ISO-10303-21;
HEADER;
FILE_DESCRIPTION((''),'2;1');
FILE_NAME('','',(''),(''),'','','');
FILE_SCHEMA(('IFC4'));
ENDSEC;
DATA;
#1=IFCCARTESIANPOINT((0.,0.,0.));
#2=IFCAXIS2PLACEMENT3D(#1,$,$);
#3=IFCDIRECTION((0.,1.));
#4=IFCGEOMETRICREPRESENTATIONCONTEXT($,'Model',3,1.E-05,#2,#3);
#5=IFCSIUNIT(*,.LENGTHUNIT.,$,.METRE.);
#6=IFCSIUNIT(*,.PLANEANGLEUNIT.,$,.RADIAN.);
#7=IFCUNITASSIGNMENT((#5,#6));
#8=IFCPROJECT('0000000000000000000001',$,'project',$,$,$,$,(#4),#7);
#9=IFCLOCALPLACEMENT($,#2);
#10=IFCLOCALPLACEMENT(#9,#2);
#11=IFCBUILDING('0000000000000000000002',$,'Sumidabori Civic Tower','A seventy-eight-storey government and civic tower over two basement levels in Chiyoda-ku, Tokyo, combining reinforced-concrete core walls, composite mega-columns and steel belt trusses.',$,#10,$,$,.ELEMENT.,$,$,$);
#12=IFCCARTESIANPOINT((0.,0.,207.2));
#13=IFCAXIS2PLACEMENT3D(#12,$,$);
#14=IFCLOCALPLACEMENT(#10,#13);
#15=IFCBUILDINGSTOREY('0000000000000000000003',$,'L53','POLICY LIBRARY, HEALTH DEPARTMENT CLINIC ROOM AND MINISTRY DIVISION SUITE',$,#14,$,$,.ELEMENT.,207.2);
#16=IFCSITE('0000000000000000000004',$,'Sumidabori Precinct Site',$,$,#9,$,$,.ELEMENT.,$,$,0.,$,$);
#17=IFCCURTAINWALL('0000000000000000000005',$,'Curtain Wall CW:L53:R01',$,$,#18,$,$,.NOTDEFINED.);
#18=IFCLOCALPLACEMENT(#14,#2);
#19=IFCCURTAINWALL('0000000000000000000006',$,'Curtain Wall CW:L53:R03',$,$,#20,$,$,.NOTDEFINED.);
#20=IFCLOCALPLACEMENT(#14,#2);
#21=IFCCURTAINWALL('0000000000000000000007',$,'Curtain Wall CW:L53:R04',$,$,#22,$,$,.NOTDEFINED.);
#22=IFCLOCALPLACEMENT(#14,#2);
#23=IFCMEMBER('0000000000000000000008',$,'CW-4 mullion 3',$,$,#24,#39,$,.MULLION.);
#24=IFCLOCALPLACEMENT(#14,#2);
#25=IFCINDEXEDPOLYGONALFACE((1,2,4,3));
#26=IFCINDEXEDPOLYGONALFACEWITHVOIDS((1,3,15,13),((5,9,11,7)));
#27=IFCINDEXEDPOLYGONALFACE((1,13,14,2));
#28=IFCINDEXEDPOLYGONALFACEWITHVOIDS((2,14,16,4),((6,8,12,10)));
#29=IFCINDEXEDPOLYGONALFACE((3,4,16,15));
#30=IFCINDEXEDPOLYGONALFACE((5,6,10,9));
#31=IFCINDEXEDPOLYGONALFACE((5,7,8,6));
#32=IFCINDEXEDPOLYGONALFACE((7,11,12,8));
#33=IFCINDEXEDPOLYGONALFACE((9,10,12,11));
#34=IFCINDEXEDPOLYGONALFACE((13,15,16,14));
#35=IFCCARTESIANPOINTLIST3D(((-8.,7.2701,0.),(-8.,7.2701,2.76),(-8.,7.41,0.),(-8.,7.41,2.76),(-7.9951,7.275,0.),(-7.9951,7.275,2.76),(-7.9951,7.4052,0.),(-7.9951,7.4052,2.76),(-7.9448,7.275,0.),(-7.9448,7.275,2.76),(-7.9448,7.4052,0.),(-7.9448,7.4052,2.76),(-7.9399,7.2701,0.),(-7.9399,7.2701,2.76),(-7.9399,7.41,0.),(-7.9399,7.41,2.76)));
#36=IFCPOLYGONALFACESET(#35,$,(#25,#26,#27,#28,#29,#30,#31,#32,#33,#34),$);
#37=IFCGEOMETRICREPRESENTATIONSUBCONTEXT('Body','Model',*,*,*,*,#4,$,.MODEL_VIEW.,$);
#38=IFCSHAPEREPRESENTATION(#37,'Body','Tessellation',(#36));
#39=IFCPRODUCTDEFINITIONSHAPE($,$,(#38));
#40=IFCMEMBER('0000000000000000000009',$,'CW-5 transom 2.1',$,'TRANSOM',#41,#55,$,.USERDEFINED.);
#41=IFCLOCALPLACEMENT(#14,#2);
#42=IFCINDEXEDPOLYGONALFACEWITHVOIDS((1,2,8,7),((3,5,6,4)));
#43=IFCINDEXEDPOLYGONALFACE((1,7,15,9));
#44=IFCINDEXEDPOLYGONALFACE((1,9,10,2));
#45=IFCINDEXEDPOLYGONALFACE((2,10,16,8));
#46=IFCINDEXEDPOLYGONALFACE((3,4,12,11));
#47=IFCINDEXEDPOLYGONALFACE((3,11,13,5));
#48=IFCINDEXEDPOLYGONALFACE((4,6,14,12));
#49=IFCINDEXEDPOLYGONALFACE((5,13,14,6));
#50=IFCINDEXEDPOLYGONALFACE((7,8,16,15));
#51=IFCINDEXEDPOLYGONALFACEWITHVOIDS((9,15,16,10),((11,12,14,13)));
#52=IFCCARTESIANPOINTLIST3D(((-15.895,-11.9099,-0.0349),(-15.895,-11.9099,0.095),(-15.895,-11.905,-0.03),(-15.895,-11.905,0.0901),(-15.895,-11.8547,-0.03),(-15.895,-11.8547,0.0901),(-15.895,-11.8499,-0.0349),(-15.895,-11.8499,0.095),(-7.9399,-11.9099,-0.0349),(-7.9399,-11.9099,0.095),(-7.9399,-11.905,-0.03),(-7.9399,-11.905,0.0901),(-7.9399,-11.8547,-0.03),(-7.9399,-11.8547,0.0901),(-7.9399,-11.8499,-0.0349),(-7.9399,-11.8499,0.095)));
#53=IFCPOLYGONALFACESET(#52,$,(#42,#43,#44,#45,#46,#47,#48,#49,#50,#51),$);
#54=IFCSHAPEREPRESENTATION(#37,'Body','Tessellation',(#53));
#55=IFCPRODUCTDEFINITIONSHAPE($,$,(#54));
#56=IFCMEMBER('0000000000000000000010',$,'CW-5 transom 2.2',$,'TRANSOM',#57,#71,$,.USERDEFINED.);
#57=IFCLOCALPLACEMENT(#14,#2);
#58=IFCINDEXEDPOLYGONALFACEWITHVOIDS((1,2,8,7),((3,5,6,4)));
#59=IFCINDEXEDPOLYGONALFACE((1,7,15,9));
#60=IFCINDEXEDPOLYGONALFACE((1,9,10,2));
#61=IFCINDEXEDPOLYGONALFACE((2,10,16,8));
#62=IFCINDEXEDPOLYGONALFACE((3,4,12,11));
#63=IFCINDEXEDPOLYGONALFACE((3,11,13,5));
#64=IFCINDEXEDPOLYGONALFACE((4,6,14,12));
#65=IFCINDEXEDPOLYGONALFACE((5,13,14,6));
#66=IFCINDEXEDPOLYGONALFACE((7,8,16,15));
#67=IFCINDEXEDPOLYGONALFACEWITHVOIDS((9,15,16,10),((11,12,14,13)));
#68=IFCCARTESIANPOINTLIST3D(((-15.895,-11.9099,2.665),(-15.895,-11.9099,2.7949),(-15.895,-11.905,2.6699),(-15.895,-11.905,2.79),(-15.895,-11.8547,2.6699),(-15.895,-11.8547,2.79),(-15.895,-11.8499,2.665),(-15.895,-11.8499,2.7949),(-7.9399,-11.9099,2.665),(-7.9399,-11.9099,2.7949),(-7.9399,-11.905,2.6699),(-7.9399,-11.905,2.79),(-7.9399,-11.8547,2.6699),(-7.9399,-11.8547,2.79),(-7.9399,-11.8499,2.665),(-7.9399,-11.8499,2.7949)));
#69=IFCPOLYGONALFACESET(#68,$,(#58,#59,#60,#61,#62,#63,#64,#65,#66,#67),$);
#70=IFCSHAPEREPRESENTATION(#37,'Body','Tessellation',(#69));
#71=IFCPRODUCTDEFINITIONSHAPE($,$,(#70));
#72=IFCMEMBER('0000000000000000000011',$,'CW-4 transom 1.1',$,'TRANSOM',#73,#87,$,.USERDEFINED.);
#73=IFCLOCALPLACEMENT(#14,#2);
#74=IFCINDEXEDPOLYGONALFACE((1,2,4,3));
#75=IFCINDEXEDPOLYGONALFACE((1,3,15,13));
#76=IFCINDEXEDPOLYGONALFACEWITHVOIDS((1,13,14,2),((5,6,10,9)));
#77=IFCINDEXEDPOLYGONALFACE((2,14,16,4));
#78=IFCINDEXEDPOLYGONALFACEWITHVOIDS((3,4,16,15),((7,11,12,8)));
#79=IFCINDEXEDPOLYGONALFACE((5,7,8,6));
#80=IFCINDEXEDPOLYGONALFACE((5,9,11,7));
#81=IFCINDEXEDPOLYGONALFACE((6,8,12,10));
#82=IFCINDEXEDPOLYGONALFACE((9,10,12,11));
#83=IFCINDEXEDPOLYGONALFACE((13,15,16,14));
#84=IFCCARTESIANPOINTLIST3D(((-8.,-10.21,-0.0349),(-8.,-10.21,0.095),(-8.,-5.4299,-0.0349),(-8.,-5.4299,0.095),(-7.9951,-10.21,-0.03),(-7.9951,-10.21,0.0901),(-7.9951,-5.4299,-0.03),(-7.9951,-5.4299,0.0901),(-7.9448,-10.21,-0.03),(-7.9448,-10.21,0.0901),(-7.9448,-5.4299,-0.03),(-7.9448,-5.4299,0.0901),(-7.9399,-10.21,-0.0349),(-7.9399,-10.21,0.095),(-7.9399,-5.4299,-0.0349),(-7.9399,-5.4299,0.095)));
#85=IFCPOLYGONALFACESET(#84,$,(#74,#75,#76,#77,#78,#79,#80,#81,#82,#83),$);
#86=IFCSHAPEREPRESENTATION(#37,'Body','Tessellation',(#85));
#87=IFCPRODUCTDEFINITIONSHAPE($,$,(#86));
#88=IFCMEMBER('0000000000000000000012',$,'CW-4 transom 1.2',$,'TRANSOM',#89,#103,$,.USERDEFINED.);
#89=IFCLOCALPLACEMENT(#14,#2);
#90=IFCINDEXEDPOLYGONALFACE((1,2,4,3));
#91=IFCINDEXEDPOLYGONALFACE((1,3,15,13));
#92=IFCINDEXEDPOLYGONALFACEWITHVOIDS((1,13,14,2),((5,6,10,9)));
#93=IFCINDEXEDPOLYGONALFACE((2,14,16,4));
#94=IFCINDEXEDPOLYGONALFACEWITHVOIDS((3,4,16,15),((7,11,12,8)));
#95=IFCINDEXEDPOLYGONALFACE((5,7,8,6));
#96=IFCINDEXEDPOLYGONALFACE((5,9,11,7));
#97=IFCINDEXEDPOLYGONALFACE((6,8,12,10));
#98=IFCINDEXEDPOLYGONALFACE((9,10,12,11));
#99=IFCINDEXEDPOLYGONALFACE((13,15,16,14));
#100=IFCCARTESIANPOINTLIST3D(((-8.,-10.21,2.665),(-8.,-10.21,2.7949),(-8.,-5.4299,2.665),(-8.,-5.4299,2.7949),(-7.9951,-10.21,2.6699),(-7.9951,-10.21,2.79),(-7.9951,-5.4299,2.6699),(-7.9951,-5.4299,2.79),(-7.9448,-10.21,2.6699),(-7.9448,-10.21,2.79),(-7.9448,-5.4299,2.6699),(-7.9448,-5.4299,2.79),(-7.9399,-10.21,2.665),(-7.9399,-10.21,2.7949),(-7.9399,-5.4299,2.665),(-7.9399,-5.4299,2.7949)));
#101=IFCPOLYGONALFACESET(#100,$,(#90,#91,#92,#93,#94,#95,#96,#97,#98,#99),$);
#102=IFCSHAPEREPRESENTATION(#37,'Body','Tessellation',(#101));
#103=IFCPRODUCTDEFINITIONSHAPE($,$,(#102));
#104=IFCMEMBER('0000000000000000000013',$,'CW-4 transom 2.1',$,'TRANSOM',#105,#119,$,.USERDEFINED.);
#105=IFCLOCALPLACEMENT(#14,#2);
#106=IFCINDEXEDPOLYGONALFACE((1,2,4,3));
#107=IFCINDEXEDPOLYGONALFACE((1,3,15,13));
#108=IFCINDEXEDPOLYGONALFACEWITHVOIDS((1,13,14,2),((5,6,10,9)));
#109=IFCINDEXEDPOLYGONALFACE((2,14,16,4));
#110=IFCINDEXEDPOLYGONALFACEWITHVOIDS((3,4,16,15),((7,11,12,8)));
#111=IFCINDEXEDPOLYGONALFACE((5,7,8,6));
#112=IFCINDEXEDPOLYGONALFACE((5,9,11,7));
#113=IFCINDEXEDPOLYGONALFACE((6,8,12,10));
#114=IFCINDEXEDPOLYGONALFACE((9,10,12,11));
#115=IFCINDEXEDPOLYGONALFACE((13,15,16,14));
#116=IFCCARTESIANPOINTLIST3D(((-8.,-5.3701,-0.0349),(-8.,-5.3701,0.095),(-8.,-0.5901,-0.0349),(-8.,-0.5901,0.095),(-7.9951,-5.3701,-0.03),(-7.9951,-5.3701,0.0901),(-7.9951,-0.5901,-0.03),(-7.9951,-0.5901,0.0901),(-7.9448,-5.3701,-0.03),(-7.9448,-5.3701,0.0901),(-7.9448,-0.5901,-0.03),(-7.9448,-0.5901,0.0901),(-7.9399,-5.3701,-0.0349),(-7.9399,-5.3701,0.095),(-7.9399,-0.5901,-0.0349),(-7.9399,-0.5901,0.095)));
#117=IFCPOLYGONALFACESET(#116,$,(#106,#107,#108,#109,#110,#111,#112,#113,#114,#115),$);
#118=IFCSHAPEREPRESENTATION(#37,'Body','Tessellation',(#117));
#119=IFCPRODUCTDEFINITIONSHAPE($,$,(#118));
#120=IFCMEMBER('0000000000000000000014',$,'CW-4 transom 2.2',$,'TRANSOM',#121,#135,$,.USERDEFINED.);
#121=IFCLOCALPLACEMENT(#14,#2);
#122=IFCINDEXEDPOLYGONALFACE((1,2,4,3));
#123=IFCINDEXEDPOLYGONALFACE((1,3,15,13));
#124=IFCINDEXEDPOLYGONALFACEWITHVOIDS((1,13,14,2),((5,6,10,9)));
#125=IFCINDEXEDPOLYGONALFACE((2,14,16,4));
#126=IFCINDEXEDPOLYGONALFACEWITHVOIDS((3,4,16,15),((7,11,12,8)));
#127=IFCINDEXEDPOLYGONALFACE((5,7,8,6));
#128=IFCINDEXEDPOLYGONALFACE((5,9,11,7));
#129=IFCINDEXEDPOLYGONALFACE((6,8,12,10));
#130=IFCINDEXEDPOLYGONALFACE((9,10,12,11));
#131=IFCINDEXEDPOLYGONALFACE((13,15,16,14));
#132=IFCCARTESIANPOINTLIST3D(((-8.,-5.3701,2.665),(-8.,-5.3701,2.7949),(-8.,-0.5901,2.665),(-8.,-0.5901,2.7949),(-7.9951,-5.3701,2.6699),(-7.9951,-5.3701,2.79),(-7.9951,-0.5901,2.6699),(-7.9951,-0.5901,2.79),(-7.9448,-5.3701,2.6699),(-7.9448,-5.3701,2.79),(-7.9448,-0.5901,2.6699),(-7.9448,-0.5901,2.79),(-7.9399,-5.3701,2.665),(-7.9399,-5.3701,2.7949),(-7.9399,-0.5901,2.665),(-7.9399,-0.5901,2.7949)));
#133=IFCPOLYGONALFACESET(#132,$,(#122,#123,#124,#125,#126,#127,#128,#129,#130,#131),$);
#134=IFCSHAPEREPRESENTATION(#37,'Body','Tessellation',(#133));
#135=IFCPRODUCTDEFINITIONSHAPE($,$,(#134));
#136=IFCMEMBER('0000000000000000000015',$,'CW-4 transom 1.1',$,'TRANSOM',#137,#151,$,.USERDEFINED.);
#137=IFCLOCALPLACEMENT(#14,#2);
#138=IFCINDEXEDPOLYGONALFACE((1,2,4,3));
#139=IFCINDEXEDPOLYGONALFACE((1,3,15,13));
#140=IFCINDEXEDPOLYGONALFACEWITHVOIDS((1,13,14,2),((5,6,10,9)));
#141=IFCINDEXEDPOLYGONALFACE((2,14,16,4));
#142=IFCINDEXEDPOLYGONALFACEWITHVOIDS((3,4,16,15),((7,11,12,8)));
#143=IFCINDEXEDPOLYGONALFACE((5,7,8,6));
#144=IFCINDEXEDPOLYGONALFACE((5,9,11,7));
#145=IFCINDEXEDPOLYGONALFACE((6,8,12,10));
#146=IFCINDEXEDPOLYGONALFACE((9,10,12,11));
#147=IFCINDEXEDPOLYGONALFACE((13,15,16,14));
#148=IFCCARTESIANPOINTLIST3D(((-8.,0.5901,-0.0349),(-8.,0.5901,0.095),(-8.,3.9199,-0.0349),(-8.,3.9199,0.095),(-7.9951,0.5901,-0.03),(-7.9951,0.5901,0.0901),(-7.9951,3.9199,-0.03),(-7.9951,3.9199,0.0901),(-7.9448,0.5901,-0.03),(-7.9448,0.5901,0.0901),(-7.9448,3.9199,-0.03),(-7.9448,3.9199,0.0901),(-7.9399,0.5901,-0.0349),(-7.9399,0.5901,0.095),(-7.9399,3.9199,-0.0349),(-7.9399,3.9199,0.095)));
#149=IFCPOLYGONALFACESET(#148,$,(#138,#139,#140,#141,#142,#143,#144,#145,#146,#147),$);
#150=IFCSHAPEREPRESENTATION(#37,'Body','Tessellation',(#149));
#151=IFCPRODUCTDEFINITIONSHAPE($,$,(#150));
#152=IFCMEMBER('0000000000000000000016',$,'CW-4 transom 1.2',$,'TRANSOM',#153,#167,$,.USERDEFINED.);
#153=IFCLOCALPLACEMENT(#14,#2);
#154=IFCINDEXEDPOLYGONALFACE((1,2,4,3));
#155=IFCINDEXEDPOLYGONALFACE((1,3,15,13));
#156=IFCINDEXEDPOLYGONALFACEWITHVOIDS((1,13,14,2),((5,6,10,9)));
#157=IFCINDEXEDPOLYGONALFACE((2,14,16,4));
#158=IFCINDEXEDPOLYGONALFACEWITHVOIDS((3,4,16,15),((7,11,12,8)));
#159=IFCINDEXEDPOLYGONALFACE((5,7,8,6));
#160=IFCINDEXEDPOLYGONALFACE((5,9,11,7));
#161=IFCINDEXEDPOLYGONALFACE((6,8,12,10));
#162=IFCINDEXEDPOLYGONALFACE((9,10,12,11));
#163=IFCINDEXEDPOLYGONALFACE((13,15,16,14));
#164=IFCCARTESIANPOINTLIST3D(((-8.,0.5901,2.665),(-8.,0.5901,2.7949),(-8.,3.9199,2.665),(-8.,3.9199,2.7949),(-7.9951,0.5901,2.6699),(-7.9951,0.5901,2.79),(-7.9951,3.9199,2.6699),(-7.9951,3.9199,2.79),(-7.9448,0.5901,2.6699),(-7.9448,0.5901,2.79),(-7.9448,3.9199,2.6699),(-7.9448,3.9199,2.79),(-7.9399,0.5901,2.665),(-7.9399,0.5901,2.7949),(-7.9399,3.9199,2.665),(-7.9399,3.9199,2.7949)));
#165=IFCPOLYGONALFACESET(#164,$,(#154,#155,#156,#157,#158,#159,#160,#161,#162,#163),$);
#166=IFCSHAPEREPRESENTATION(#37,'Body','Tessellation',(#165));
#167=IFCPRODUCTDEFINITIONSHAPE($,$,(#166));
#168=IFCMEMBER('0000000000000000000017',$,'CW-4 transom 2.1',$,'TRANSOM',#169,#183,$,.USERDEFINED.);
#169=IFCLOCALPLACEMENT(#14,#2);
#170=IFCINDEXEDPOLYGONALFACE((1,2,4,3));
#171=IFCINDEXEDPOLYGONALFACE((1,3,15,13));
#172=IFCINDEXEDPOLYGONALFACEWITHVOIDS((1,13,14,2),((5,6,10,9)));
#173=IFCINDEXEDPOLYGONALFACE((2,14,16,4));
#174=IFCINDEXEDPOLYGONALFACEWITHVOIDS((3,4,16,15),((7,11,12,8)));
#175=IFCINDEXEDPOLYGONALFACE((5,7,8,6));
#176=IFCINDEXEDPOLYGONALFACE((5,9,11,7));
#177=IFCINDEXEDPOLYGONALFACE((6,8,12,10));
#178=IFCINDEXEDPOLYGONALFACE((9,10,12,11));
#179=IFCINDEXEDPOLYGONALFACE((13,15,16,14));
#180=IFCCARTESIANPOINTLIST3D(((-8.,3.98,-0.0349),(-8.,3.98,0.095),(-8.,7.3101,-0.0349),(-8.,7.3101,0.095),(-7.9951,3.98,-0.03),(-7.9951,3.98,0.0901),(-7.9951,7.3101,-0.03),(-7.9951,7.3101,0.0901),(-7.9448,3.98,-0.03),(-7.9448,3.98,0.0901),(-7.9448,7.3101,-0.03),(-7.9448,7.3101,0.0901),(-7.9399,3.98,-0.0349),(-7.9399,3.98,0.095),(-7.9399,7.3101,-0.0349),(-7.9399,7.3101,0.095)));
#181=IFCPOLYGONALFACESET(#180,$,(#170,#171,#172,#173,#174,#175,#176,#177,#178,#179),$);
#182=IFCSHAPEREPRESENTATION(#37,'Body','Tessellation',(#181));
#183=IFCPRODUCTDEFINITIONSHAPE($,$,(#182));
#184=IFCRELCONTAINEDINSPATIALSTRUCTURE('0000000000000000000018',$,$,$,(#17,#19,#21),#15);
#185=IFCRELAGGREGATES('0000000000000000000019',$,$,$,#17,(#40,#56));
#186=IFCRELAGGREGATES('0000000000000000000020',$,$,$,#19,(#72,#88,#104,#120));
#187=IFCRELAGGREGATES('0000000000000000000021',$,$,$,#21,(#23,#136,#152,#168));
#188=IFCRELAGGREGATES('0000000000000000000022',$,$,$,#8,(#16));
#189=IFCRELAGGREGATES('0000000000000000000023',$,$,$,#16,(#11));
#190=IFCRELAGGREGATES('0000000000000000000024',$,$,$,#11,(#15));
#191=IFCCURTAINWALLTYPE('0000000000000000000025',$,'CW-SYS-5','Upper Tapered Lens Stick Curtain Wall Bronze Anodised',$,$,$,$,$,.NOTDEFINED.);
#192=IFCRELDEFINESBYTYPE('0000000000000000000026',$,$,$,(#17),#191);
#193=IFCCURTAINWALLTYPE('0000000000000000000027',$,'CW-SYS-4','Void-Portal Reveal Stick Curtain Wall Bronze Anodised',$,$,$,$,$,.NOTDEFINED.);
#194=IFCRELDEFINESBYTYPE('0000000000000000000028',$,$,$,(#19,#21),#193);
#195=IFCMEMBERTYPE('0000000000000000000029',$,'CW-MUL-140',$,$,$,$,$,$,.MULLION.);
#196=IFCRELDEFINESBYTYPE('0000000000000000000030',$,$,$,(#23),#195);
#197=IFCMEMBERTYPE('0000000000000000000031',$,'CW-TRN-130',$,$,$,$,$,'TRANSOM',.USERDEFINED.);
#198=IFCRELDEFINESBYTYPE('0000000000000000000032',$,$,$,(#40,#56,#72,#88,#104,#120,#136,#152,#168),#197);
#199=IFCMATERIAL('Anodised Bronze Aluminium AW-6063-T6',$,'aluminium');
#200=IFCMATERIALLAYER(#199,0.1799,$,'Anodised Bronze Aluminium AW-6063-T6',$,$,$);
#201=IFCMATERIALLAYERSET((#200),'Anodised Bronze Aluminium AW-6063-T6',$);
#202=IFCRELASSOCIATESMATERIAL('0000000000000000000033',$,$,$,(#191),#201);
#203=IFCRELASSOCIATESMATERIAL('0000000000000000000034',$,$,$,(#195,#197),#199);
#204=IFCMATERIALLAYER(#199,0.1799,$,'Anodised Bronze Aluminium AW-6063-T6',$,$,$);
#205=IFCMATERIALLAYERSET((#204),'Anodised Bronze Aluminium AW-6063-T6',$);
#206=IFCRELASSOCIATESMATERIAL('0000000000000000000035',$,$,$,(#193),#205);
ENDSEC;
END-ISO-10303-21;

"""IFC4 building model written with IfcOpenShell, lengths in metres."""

from ifc_helpers import new_model, si_unit, direction, frame, origin, origin_2d, place, context, subcontext, project, spatial, hollow_rectangle, extrude, source, transform, mapped, material, layer, layer_set, material_profile, profile_set, type_object, element, aggregate, save


model = new_model("IFC4")

# Units and contexts
model_context = context("Model", 3, precision=1e-05, world=origin(), true_north=direction((0.0, 1.0)))
body_context = subcontext(model_context, "Body", "Model", "MODEL_VIEW")
ifc_project = project(units=[si_unit("LENGTHUNIT", "METRE"), si_unit("PLANEANGLEUNIT", "RADIAN")], contexts=[model_context])

# Site, building, storey
site_placement = place(None, origin())
site = spatial("IfcSite", under=ifc_project, at=site_placement, Name="Sumidabori Precinct Site", CompositionType="ELEMENT", RefElevation=0.0)
building_placement = place(site_placement, origin())
building = spatial("IfcBuilding", under=site, at=building_placement, Name="Sumidabori Civic Tower", Description="A seventy-eight-storey government and civic tower over two basement levels in Chiyoda-ku, Tokyo, combining reinforced-concrete core walls, composite mega-columns and steel belt trusses.", CompositionType="ELEMENT")
storey_placement = place(building_placement, frame((0.0, 0.0, 207.2)))
storey = spatial("IfcBuildingStorey", under=building, at=storey_placement, Name="L53", Description="POLICY LIBRARY, HEALTH DEPARTMENT CLINIC ROOM AND MINISTRY DIVISION SUITE", CompositionType="ELEMENT", Elevation=207.2)

# Curtain walls, member
ifc_material_1 = material(Name="Anodised Bronze Aluminium AW-6063-T6", Category="aluminium")
ifc_layer_1 = layer(ifc_material_1, 0.1799, Name="Anodised Bronze Aluminium AW-6063-T6")
ifc_layer_set_1 = layer_set([ifc_layer_1], Name="Anodised Bronze Aluminium AW-6063-T6")
curtain_wall_type_1 = type_object("IfcCurtainWallType", Name="CW-SYS-5", Description="Upper Tapered Lens Stick Curtain Wall Bronze Anodised", PredefinedType="NOTDEFINED", material=ifc_layer_set_1)
curtain_wall_1_placement = place(storey_placement, origin())
curtain_wall_1 = element("IfcCurtainWall", 1, at=curtain_wall_1_placement, inside=storey, type_object=curtain_wall_type_1, Name="Curtain Wall CW:L53:R01", PredefinedType="NOTDEFINED")
ifc_material_profile_1 = material_profile(ifc_material_1, hollow_rectangle(XDim=0.0601, YDim=0.1399, WallThickness=0.0049, at=origin_2d()), Name="ALU MULLION 140x60")
ifc_profile_set_1 = profile_set([ifc_material_profile_1], Name="Anodised Bronze Aluminium AW-6063-T6")
member_type_1 = type_object("IfcMemberType", Name="CW-MUL-140", PredefinedType="MULLION", material=ifc_profile_set_1)
shared_shape_1 = source(origin(), body_context, "Body", "SweptSolid", [
    extrude(hollow_rectangle(XDim=0.0601, YDim=0.1399, WallThickness=0.0049, at=origin_2d()), origin(), (0.0, 0.0, 1.0), 2.76),
])
ifc_layer_2 = layer(ifc_material_1, 0.1799, Name="Anodised Bronze Aluminium AW-6063-T6")
ifc_layer_set_2 = layer_set([ifc_layer_2], Name="Anodised Bronze Aluminium AW-6063-T6")
curtain_wall_type_2 = type_object("IfcCurtainWallType", Name="CW-SYS-4", Description="Void-Portal Reveal Stick Curtain Wall Bronze Anodised", PredefinedType="NOTDEFINED", material=ifc_layer_set_2)
curtain_wall_2_placement = place(storey_placement, origin())
curtain_wall_2 = element("IfcCurtainWall", 2, at=curtain_wall_2_placement, inside=storey, type_object=curtain_wall_type_2, Name="Curtain Wall CW:L53:R03", PredefinedType="NOTDEFINED")
curtain_wall_3_placement = place(storey_placement, origin())
curtain_wall_3 = element("IfcCurtainWall", 3, at=curtain_wall_3_placement, inside=storey, type_object=curtain_wall_type_2, Name="Curtain Wall CW:L53:R04", PredefinedType="NOTDEFINED")
member_1_placement = place(storey_placement, frame((-7.97, 7.3401, 0.0), z_axis=(0.0, 0.0, 1.0), x_axis=(-1.0, 0.0, 0.0)))
member_1 = element("IfcMember", 4, at=member_1_placement, type_object=member_type_1, Name="CW-4 mullion 3", PredefinedType="MULLION", context=body_context, shape_type="MappedRepresentation", body=[
    mapped(shared_shape_1, transform((0.0, 0.0, 0.0), x_axis=(1.0, 0.0, 0.0), y_axis=(0.0, 1.0, 0.0), z_axis=(0.0, 0.0, 1.0), scale=1.0)),
])

# Members
ifc_material_profile_2 = material_profile(ifc_material_1, hollow_rectangle(XDim=0.0601, YDim=0.1299, WallThickness=0.0049, at=origin_2d()), Name="ALU TRANSOM 130x60")
ifc_profile_set_2 = profile_set([ifc_material_profile_2], Name="Anodised Bronze Aluminium AW-6063-T6")
member_type_2 = type_object("IfcMemberType", Name="CW-TRN-130", ElementType="TRANSOM", PredefinedType="USERDEFINED", material=ifc_profile_set_2)
shared_shape_2 = source(origin(), body_context, "Body", "SweptSolid", [
    extrude(hollow_rectangle(XDim=0.0601, YDim=0.1299, WallThickness=0.0049, at=origin_2d()), origin(), (0.0, 0.0, 1.0), 7.9551),
])
member_2_placement = place(storey_placement, frame((-15.895, -11.8799, 0.03), z_axis=(1.0, 0.0, 0.0), x_axis=(0.0, 1.0, 0.0)))
member_2 = element("IfcMember", 5, at=member_2_placement, type_object=member_type_2, Name="CW-5 transom 2.1", ObjectType="TRANSOM", PredefinedType="USERDEFINED", context=body_context, shape_type="MappedRepresentation", body=[
    mapped(shared_shape_2, transform((0.0, 0.0, 0.0), x_axis=(1.0, 0.0, 0.0), y_axis=(0.0, 1.0, 0.0), z_axis=(0.0, 0.0, 1.0), scale=1.0)),
])
member_3_placement = place(storey_placement, frame((-15.895, -11.8799, 2.73), z_axis=(1.0, 0.0, 0.0), x_axis=(0.0, 1.0, 0.0)))
member_3 = element("IfcMember", 6, at=member_3_placement, type_object=member_type_2, Name="CW-5 transom 2.2", ObjectType="TRANSOM", PredefinedType="USERDEFINED", context=body_context, shape_type="MappedRepresentation", body=[
    mapped(shared_shape_2, transform((0.0, 0.0, 0.0), x_axis=(1.0, 0.0, 0.0), y_axis=(0.0, 1.0, 0.0), z_axis=(0.0, 0.0, 1.0), scale=1.0)),
])
shared_shape_3 = source(origin(), body_context, "Body", "SweptSolid", [
    extrude(hollow_rectangle(XDim=0.0601, YDim=0.1299, WallThickness=0.0049, at=origin_2d()), origin(), (0.0, 0.0, 1.0), 4.78),
])
member_4_placement = place(storey_placement, frame((-7.97, -10.21, 0.03), z_axis=(0.0, 1.0, 0.0), x_axis=(-1.0, 0.0, 0.0)))
member_4 = element("IfcMember", 7, at=member_4_placement, type_object=member_type_2, Name="CW-4 transom 1.1", ObjectType="TRANSOM", PredefinedType="USERDEFINED", context=body_context, shape_type="MappedRepresentation", body=[
    mapped(shared_shape_3, transform((0.0, 0.0, 0.0), x_axis=(1.0, 0.0, 0.0), y_axis=(0.0, 1.0, 0.0), z_axis=(0.0, 0.0, 1.0), scale=1.0)),
])
member_5_placement = place(storey_placement, frame((-7.97, -10.21, 2.73), z_axis=(0.0, 1.0, 0.0), x_axis=(-1.0, 0.0, 0.0)))
member_5 = element("IfcMember", 8, at=member_5_placement, type_object=member_type_2, Name="CW-4 transom 1.2", ObjectType="TRANSOM", PredefinedType="USERDEFINED", context=body_context, shape_type="MappedRepresentation", body=[
    mapped(shared_shape_3, transform((0.0, 0.0, 0.0), x_axis=(1.0, 0.0, 0.0), y_axis=(0.0, 1.0, 0.0), z_axis=(0.0, 0.0, 1.0), scale=1.0)),
])
member_6_placement = place(storey_placement, frame((-7.97, -5.3701, 0.03), z_axis=(0.0, 1.0, 0.0), x_axis=(-1.0, 0.0, 0.0)))
member_6 = element("IfcMember", 9, at=member_6_placement, type_object=member_type_2, Name="CW-4 transom 2.1", ObjectType="TRANSOM", PredefinedType="USERDEFINED", context=body_context, shape_type="MappedRepresentation", body=[
    mapped(shared_shape_3, transform((0.0, 0.0, 0.0), x_axis=(1.0, 0.0, 0.0), y_axis=(0.0, 1.0, 0.0), z_axis=(0.0, 0.0, 1.0), scale=1.0)),
])
member_7_placement = place(storey_placement, frame((-7.97, -5.3701, 2.73), z_axis=(0.0, 1.0, 0.0), x_axis=(-1.0, 0.0, 0.0)))
member_7 = element("IfcMember", 10, at=member_7_placement, type_object=member_type_2, Name="CW-4 transom 2.2", ObjectType="TRANSOM", PredefinedType="USERDEFINED", context=body_context, shape_type="MappedRepresentation", body=[
    mapped(shared_shape_3, transform((0.0, 0.0, 0.0), x_axis=(1.0, 0.0, 0.0), y_axis=(0.0, 1.0, 0.0), z_axis=(0.0, 0.0, 1.0), scale=1.0)),
])
shared_shape_4 = source(origin(), body_context, "Body", "SweptSolid", [
    extrude(hollow_rectangle(XDim=0.0601, YDim=0.1299, WallThickness=0.0049, at=origin_2d()), origin(), (0.0, 0.0, 1.0), 3.3298),
])
member_8_placement = place(storey_placement, frame((-7.97, 0.5901, 0.03), z_axis=(0.0, 1.0, 0.0), x_axis=(-1.0, 0.0, 0.0)))
member_8 = element("IfcMember", 11, at=member_8_placement, type_object=member_type_2, Name="CW-4 transom 1.1", ObjectType="TRANSOM", PredefinedType="USERDEFINED", context=body_context, shape_type="MappedRepresentation", body=[
    mapped(shared_shape_4, transform((0.0, 0.0, 0.0), x_axis=(1.0, 0.0, 0.0), y_axis=(0.0, 1.0, 0.0), z_axis=(0.0, 0.0, 1.0), scale=1.0)),
])
member_9_placement = place(storey_placement, frame((-7.97, 0.5901, 2.73), z_axis=(0.0, 1.0, 0.0), x_axis=(-1.0, 0.0, 0.0)))
member_9 = element("IfcMember", 12, at=member_9_placement, type_object=member_type_2, Name="CW-4 transom 1.2", ObjectType="TRANSOM", PredefinedType="USERDEFINED", context=body_context, shape_type="MappedRepresentation", body=[
    mapped(shared_shape_4, transform((0.0, 0.0, 0.0), x_axis=(1.0, 0.0, 0.0), y_axis=(0.0, 1.0, 0.0), z_axis=(0.0, 0.0, 1.0), scale=1.0)),
])
shared_shape_5 = source(origin(), body_context, "Body", "SweptSolid", [
    extrude(hollow_rectangle(XDim=0.0601, YDim=0.1299, WallThickness=0.0049, at=origin_2d()), origin(), (0.0, 0.0, 1.0), 3.3301),
])
member_10_placement = place(storey_placement, frame((-7.97, 3.98, 0.03), z_axis=(0.0, 1.0, 0.0), x_axis=(-1.0, 0.0, 0.0)))
member_10 = element("IfcMember", 13, at=member_10_placement, type_object=member_type_2, Name="CW-4 transom 2.1", ObjectType="TRANSOM", PredefinedType="USERDEFINED", context=body_context, shape_type="MappedRepresentation", body=[
    mapped(shared_shape_5, transform((0.0, 0.0, 0.0), x_axis=(1.0, 0.0, 0.0), y_axis=(0.0, 1.0, 0.0), z_axis=(0.0, 0.0, 1.0), scale=1.0)),
])

aggregate(curtain_wall_1, [member_2, member_3])
aggregate(curtain_wall_2, [member_4, member_5, member_6, member_7])
aggregate(curtain_wall_3, [member_1, member_8, member_9, member_10])

save(model, "model.ifc")
